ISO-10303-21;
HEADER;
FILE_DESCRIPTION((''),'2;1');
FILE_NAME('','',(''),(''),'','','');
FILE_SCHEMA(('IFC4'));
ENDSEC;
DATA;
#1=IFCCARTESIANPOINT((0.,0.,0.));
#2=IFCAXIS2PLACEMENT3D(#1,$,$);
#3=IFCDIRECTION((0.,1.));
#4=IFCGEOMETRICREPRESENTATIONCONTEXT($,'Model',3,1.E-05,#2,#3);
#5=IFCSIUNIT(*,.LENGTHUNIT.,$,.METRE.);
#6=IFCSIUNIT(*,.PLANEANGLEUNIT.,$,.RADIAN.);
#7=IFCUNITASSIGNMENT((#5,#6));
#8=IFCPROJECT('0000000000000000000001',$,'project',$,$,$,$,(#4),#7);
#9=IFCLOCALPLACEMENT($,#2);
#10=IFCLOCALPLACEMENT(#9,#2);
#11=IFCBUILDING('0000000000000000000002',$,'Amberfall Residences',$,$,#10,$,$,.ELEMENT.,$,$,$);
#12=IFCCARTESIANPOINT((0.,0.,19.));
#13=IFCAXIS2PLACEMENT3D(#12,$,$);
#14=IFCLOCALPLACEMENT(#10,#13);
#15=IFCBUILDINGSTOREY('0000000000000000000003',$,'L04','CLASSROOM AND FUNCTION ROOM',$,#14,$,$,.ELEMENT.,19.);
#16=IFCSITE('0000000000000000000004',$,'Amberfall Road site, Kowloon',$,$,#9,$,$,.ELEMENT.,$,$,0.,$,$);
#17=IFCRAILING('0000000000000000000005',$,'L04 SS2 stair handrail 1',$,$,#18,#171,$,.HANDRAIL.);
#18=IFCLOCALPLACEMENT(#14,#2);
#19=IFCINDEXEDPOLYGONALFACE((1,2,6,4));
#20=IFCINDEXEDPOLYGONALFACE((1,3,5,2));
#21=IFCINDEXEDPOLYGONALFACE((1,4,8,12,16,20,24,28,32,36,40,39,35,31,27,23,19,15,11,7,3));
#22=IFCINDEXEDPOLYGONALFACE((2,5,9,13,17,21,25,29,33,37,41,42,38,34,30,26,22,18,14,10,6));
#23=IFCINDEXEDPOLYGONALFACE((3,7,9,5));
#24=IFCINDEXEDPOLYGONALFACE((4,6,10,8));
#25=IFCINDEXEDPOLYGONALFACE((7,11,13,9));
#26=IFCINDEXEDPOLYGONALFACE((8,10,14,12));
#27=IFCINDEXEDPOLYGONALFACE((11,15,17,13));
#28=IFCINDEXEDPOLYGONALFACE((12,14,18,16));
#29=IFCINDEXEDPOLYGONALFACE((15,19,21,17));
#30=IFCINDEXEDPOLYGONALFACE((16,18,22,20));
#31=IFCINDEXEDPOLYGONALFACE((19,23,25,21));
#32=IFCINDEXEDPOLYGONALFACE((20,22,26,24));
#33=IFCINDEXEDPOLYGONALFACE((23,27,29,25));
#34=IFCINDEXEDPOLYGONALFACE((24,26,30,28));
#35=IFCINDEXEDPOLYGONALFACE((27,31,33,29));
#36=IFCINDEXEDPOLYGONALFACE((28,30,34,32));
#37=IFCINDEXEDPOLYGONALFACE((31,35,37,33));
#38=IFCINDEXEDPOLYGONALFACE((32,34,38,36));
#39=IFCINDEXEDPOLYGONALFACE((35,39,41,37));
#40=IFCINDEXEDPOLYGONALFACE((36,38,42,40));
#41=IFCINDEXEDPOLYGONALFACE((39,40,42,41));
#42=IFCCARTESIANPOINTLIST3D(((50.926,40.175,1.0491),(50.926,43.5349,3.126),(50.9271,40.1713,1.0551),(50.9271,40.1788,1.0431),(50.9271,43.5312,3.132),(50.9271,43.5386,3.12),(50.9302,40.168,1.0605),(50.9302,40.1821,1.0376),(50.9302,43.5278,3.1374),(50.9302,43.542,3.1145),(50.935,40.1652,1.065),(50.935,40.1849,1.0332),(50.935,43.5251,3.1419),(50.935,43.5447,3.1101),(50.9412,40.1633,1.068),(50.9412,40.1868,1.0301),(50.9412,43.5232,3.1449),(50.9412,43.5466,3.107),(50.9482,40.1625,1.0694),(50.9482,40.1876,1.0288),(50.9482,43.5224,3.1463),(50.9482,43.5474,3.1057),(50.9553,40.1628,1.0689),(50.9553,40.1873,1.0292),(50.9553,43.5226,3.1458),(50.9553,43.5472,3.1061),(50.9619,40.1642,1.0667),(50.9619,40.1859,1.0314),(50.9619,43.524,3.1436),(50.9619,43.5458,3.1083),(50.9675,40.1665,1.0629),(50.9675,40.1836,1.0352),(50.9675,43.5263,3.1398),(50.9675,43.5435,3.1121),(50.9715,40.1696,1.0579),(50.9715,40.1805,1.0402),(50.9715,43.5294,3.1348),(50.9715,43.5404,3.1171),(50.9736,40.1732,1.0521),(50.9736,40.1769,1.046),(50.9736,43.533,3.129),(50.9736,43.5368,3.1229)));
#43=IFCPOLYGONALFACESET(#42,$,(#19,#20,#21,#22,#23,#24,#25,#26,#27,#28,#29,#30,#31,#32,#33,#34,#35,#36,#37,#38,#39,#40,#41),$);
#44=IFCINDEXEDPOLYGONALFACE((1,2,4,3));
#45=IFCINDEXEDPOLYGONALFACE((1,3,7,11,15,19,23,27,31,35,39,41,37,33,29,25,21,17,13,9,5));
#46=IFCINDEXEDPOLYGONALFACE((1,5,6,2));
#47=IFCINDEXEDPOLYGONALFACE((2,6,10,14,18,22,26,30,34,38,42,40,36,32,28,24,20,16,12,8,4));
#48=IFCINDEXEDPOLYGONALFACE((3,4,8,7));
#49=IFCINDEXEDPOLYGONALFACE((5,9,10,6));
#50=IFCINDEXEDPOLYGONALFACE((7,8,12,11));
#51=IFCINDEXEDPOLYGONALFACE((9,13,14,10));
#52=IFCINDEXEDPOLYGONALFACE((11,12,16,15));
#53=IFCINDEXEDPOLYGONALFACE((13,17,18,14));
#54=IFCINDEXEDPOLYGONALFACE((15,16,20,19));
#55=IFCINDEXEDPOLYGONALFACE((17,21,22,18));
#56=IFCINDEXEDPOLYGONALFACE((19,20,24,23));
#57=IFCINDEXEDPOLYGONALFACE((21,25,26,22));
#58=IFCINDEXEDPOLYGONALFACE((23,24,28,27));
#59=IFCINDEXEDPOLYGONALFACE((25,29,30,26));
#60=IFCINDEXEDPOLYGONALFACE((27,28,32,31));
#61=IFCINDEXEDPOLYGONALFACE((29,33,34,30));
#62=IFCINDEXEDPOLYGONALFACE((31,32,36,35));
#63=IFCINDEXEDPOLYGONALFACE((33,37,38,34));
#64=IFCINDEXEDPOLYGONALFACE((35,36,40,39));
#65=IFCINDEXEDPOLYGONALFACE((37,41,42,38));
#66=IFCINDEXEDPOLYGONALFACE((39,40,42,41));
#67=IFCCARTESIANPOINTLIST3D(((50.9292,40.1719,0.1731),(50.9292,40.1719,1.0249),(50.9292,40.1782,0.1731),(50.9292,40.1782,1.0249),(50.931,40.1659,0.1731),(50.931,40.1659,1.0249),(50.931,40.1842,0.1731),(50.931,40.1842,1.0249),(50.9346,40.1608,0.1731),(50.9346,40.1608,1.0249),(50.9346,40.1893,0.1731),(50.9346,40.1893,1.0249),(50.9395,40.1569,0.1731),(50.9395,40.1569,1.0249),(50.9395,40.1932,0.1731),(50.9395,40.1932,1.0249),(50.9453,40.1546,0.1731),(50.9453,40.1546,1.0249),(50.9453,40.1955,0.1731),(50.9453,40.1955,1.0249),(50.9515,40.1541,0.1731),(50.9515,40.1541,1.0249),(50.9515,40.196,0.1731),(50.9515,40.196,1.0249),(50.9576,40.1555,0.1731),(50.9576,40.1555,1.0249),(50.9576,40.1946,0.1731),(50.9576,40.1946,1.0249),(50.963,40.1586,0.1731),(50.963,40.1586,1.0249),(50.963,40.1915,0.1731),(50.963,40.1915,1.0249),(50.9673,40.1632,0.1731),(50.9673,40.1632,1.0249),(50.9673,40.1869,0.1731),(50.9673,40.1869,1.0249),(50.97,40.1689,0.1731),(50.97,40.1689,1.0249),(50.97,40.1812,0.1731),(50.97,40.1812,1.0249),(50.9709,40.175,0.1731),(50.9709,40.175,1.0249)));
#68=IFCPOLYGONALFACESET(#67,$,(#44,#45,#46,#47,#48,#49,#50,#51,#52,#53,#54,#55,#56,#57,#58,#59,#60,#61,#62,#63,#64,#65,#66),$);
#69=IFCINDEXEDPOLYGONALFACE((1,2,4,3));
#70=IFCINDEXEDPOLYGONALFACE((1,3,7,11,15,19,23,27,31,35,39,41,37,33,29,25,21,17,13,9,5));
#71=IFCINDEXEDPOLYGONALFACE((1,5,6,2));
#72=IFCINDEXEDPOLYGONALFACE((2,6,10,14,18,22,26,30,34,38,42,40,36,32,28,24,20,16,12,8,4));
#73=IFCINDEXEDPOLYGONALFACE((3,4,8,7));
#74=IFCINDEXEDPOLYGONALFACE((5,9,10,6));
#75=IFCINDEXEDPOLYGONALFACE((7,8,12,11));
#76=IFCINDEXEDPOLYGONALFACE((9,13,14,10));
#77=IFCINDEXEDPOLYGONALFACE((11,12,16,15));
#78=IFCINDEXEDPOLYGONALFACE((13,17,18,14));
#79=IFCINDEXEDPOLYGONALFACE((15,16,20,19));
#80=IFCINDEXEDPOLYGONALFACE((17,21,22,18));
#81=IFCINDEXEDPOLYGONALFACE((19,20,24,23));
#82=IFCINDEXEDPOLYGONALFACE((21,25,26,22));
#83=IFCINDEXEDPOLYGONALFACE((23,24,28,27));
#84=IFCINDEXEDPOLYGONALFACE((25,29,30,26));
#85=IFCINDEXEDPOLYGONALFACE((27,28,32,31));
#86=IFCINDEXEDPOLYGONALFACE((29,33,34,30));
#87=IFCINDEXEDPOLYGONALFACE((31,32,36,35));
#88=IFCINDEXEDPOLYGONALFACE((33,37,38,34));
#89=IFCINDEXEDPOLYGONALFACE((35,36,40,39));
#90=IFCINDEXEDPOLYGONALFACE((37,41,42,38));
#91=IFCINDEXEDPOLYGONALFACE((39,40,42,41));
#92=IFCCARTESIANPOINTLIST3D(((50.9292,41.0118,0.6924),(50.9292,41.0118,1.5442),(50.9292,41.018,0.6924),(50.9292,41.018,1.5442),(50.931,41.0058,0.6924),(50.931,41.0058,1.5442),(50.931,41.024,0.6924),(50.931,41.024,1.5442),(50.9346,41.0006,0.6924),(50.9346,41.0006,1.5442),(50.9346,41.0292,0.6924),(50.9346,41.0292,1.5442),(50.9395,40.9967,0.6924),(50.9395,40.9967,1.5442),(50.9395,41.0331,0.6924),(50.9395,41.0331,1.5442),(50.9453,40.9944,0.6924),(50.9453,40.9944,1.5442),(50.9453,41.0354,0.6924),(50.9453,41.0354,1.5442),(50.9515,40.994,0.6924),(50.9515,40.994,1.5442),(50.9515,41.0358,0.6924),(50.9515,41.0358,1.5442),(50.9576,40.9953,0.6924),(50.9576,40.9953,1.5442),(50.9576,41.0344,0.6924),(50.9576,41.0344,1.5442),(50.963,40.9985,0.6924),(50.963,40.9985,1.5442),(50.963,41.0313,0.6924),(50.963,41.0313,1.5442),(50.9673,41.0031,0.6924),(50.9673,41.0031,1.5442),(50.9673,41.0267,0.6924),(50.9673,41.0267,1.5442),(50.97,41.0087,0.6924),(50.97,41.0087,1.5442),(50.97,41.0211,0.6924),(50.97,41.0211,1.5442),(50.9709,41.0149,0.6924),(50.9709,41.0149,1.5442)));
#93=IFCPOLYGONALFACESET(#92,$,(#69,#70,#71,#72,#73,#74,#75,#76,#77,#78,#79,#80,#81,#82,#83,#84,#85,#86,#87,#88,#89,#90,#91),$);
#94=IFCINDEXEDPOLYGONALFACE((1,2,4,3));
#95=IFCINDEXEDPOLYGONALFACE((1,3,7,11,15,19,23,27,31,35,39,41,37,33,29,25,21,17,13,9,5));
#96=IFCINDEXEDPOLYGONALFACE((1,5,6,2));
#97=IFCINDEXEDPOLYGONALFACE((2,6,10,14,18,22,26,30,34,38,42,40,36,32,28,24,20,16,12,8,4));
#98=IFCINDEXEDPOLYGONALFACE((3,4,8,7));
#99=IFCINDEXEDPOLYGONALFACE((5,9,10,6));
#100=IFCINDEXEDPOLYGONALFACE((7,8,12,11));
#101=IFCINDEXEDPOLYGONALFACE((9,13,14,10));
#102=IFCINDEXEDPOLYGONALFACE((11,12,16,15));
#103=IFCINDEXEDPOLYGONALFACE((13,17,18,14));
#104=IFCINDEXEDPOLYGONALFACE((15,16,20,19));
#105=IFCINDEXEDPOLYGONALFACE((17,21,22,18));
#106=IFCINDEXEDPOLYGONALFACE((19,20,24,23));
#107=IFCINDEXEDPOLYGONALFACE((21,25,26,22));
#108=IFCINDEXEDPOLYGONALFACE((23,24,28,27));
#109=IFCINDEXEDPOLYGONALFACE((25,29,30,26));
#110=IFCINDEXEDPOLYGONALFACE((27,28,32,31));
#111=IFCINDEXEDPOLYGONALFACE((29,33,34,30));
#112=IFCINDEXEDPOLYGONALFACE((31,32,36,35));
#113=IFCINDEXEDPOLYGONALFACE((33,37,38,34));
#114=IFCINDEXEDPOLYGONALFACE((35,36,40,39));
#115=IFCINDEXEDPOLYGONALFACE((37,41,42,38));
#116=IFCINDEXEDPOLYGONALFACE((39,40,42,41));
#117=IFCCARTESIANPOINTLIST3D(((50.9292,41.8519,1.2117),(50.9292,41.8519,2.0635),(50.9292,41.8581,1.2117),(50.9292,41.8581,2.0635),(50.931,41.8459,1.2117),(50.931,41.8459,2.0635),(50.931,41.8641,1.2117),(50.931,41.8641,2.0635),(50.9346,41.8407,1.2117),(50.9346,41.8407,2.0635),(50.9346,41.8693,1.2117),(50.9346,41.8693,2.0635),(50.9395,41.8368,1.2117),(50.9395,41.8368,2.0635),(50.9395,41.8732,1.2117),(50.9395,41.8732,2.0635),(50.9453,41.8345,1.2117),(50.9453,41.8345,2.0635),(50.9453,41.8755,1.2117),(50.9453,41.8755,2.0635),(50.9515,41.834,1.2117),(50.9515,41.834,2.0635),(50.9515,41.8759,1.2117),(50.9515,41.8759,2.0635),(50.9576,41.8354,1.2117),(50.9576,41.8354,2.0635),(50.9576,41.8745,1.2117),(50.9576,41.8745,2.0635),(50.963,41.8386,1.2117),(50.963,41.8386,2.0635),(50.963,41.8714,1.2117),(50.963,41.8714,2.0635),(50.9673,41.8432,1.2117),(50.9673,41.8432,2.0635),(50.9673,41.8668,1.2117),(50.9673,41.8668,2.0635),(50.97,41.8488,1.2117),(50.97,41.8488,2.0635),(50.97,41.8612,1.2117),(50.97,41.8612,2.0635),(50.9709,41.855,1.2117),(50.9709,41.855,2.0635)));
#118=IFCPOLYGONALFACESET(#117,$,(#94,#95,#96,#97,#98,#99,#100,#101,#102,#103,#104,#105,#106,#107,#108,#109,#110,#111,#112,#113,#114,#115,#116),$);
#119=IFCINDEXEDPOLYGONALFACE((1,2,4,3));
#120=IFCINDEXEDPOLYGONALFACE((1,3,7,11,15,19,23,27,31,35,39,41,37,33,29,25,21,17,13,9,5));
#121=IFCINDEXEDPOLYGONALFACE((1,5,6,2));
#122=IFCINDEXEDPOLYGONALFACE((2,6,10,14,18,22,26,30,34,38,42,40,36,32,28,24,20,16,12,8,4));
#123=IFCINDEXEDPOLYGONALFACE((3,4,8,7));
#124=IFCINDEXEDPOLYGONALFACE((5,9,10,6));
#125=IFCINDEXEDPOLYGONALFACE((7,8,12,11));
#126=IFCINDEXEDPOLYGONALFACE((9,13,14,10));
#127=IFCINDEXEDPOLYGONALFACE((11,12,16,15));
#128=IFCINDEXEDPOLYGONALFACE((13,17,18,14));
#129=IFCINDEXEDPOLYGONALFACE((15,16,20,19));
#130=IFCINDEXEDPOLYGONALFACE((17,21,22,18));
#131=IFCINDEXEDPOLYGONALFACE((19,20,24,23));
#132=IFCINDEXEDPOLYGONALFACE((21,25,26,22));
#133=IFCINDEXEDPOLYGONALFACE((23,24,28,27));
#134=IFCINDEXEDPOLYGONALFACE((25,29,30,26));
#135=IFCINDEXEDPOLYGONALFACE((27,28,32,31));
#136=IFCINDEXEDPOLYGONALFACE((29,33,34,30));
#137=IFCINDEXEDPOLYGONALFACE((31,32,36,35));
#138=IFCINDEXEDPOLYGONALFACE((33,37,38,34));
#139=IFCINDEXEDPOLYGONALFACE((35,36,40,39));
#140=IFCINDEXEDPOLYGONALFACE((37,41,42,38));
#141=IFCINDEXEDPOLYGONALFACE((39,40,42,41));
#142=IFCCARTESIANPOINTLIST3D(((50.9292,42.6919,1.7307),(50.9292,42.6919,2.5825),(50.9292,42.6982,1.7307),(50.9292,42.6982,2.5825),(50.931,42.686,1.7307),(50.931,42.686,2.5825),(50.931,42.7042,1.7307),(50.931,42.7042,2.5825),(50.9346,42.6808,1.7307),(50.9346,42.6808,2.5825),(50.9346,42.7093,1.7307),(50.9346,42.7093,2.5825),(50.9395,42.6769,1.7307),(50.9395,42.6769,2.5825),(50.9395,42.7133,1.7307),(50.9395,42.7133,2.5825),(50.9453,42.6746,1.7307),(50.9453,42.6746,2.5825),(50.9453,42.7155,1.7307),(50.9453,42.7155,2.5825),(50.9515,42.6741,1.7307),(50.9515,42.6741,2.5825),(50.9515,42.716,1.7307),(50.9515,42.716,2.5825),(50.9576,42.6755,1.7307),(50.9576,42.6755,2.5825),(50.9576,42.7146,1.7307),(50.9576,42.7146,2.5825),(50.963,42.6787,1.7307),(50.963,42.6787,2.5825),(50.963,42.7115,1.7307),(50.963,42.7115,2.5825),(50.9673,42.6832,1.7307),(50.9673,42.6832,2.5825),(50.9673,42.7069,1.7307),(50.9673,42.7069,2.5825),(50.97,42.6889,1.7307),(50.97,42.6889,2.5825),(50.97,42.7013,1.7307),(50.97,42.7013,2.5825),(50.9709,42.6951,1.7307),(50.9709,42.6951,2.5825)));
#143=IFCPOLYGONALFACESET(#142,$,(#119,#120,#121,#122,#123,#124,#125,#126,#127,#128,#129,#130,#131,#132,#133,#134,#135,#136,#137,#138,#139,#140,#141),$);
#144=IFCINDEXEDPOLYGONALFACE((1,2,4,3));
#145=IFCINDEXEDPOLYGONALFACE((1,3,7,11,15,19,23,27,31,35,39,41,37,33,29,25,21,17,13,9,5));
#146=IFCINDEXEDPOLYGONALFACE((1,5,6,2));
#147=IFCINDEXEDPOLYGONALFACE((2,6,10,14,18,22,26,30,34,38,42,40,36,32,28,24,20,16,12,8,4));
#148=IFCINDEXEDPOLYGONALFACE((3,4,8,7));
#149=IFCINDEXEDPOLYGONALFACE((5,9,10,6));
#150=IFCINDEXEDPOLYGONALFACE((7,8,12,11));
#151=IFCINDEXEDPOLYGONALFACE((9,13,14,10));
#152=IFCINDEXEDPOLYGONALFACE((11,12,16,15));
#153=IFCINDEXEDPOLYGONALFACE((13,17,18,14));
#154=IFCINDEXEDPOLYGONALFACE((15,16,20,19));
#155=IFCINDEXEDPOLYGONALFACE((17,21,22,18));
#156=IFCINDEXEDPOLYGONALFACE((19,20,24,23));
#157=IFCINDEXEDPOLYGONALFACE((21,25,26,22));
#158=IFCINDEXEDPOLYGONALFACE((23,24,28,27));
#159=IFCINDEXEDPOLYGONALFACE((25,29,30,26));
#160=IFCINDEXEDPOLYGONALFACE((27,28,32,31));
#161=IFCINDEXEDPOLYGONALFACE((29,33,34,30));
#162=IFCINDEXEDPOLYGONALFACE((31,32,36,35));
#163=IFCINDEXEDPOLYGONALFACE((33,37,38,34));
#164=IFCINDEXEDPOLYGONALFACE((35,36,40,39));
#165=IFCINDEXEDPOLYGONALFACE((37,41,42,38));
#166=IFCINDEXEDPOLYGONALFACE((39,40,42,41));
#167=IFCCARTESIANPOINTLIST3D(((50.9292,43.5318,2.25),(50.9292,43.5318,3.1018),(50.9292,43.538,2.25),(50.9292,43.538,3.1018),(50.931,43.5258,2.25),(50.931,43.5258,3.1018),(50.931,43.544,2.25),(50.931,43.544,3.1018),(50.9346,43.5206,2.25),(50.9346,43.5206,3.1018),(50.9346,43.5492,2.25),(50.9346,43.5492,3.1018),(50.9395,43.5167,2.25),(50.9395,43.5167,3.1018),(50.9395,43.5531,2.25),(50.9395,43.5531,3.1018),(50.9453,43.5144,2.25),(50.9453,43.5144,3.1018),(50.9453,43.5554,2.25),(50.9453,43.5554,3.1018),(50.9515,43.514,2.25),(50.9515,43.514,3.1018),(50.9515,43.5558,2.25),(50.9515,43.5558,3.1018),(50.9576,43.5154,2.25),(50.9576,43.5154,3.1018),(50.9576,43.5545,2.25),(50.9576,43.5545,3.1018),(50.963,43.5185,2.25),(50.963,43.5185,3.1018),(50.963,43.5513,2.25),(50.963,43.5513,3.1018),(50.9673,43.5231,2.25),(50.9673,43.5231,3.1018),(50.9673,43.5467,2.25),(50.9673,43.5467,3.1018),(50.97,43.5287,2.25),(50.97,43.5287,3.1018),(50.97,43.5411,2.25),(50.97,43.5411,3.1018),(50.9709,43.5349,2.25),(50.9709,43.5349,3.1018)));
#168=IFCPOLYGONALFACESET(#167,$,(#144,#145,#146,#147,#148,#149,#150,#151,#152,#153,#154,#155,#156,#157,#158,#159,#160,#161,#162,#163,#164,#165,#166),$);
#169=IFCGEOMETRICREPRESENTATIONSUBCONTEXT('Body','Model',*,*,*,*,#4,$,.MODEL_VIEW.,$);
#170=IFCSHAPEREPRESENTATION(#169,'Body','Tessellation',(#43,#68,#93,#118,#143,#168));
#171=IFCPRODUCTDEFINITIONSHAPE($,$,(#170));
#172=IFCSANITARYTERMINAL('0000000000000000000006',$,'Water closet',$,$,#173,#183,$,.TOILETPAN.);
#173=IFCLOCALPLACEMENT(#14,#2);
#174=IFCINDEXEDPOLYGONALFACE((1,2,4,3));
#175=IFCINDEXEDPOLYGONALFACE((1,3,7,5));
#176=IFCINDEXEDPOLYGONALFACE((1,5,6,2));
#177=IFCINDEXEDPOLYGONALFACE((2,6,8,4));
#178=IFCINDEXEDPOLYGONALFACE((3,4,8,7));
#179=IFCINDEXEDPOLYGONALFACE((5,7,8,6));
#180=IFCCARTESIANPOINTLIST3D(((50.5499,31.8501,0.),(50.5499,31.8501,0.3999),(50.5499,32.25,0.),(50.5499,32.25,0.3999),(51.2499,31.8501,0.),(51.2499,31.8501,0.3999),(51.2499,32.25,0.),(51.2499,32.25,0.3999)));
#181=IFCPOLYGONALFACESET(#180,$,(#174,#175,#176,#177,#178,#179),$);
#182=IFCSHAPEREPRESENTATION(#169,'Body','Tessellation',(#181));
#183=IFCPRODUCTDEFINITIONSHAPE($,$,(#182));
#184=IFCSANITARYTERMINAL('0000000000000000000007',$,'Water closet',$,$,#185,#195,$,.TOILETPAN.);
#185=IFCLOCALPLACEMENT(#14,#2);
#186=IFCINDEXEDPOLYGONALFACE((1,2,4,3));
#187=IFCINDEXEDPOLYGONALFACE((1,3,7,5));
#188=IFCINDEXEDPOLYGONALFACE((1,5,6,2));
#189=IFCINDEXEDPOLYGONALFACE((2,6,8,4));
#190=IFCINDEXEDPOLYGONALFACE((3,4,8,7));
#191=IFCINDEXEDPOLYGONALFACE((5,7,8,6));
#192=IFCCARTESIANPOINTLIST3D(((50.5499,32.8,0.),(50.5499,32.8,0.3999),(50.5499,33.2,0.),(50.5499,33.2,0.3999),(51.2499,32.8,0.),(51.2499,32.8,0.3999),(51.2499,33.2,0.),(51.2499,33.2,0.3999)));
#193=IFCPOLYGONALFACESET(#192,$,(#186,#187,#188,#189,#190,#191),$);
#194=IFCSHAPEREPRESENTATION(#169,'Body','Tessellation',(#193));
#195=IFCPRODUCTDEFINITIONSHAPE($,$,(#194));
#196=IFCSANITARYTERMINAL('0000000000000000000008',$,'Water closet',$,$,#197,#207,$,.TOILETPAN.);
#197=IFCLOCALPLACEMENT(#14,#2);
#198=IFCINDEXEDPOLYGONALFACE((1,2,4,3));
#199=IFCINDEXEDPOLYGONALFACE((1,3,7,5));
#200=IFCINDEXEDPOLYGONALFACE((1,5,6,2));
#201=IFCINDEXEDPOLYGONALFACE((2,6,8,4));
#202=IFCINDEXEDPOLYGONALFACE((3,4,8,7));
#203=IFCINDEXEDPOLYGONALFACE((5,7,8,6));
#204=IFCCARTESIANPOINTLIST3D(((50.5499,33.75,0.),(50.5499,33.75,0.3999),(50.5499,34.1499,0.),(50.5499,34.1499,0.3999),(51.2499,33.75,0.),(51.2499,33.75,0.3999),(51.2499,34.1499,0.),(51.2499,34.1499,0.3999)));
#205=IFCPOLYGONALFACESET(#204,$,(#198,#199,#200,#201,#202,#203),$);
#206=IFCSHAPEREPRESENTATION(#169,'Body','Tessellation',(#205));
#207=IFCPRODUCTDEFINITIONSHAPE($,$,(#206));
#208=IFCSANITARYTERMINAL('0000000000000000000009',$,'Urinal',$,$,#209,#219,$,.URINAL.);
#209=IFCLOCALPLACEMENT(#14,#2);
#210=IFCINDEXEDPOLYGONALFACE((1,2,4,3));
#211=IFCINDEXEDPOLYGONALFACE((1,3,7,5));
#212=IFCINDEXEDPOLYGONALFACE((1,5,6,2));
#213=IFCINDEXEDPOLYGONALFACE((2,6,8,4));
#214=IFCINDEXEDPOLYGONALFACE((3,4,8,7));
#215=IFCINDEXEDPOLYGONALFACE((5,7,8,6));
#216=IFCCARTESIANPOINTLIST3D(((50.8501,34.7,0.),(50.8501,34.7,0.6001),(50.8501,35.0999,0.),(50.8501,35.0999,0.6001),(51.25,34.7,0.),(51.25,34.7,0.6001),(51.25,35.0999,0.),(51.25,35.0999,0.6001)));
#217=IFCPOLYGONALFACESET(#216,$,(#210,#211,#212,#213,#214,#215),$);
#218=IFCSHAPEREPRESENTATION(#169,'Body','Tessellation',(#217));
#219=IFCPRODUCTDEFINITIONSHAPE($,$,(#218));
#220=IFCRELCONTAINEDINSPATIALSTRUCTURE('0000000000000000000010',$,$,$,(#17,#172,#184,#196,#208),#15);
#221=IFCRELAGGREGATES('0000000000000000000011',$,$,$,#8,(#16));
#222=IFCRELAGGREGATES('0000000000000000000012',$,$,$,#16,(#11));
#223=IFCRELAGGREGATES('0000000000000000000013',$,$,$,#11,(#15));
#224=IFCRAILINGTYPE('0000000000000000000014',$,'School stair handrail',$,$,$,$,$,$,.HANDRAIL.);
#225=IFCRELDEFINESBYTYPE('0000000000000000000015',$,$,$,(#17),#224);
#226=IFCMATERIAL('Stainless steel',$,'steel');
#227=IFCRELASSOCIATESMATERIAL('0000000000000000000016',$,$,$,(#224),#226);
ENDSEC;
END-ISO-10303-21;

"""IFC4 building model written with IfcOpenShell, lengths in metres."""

from ifc_helpers import new_model, si_unit, direction, frame, origin, origin_2d, place, context, subcontext, project, spatial, rectangle, circle, extrude, material, type_object, element, save


model = new_model("IFC4")

# Units and contexts
model_context = context("Model", 3, precision=1e-05, world=origin(), true_north=direction((0.0, 1.0)))
body_context = subcontext(model_context, "Body", "Model", "MODEL_VIEW")
ifc_project = project(units=[si_unit("LENGTHUNIT", "METRE"), si_unit("PLANEANGLEUNIT", "RADIAN")], contexts=[model_context])

# Site, building, storey
site_placement = place(None, origin())
site = spatial("IfcSite", under=ifc_project, at=site_placement, Name="Amberfall Road site, Kowloon", CompositionType="ELEMENT", RefElevation=0.0)
building_placement = place(site_placement, origin())
building = spatial("IfcBuilding", under=site, at=building_placement, Name="Amberfall Residences", CompositionType="ELEMENT")
storey_placement = place(building_placement, frame((0.0, 0.0, 19.0)))
storey = spatial("IfcBuildingStorey", under=building, at=storey_placement, Name="L04", Description="CLASSROOM AND FUNCTION ROOM", CompositionType="ELEMENT", Elevation=19.0)

# Railing
ifc_material_1 = material(Name="Stainless steel", Category="steel")
railing_type_1 = type_object("IfcRailingType", Name="School stair handrail", PredefinedType="HANDRAIL", material=ifc_material_1)
railing_1_placement = place(storey_placement, frame((50.95, 40.175, 0.1731)))
element("IfcRailing", 1, at=railing_1_placement, inside=storey, type_object=railing_type_1, Name="L04 SS2 stair handrail 1", PredefinedType="HANDRAIL", context=body_context, shape_type="SweptSolid", body=[
    extrude(circle(Radius=0.0239, at=origin_2d()), frame((0.0, 0.0, 0.876), z_axis=(0.0, 0.850606, 0.525803), x_axis=(-1.0, 0.0, 0.0)), (0.0, 0.0, 1.0), 3.95),
    extrude(circle(Radius=0.021, at=origin_2d()), origin(), (0.0, 0.0, 1.0), 0.8518),
    extrude(circle(Radius=0.021, at=origin_2d()), frame((0.0, 0.8398, 0.5193)), (0.0, 0.0, 1.0), 0.8518),
    extrude(circle(Radius=0.021, at=origin_2d()), frame((0.0, 1.6799, 1.0386)), (0.0, 0.0, 1.0), 0.8518),
    extrude(circle(Radius=0.021, at=origin_2d()), frame((0.0, 2.52, 1.5576)), (0.0, 0.0, 1.0), 0.8518),
    extrude(circle(Radius=0.021, at=origin_2d()), frame((0.0, 3.3599, 2.0769)), (0.0, 0.0, 1.0), 0.8518),
])

# Sanitary terminals
for number, where, z_axis, x_axis, name in (
    (2, (50.8999, 32.05, 0.0), (0.0, 0.0, 1.0), (1.0, 0.0, 0.0), "Water closet"),
    (3, (50.8999, 33.0, 0.0), (0.0, 0.0, 1.0), (1.0, 0.0, 0.0), "Water closet"),
    (4, (50.8999, 33.95, 0.0), (0.0, 0.0, 1.0), (1.0, 0.0, 0.0), "Water closet"),
):
    element("IfcSanitaryTerminal", number, at=place(storey_placement, frame(where, z_axis=z_axis, x_axis=x_axis)), inside=storey, Name=name, PredefinedType="TOILETPAN", context=body_context, shape_type="SweptSolid", body=[
        extrude(rectangle(XDim=0.7, YDim=0.3999, at=origin_2d()), origin(), (0.0, 0.0, 1.0), 0.3999),
    ])
for number, where, z_axis, x_axis, name in (
    (5, (51.05, 34.8999, 0.0), (0.0, 0.0, 1.0), (1.0, 0.0, 0.0), "Urinal"),
):
    element("IfcSanitaryTerminal", number, at=place(storey_placement, frame(where, z_axis=z_axis, x_axis=x_axis)), inside=storey, Name=name, PredefinedType="URINAL", context=body_context, shape_type="SweptSolid", body=[
        extrude(rectangle(XDim=0.3999, YDim=0.3999, at=origin_2d()), origin(), (0.0, 0.0, 1.0), 0.6001),
    ])

save(model, "model.ifc")
